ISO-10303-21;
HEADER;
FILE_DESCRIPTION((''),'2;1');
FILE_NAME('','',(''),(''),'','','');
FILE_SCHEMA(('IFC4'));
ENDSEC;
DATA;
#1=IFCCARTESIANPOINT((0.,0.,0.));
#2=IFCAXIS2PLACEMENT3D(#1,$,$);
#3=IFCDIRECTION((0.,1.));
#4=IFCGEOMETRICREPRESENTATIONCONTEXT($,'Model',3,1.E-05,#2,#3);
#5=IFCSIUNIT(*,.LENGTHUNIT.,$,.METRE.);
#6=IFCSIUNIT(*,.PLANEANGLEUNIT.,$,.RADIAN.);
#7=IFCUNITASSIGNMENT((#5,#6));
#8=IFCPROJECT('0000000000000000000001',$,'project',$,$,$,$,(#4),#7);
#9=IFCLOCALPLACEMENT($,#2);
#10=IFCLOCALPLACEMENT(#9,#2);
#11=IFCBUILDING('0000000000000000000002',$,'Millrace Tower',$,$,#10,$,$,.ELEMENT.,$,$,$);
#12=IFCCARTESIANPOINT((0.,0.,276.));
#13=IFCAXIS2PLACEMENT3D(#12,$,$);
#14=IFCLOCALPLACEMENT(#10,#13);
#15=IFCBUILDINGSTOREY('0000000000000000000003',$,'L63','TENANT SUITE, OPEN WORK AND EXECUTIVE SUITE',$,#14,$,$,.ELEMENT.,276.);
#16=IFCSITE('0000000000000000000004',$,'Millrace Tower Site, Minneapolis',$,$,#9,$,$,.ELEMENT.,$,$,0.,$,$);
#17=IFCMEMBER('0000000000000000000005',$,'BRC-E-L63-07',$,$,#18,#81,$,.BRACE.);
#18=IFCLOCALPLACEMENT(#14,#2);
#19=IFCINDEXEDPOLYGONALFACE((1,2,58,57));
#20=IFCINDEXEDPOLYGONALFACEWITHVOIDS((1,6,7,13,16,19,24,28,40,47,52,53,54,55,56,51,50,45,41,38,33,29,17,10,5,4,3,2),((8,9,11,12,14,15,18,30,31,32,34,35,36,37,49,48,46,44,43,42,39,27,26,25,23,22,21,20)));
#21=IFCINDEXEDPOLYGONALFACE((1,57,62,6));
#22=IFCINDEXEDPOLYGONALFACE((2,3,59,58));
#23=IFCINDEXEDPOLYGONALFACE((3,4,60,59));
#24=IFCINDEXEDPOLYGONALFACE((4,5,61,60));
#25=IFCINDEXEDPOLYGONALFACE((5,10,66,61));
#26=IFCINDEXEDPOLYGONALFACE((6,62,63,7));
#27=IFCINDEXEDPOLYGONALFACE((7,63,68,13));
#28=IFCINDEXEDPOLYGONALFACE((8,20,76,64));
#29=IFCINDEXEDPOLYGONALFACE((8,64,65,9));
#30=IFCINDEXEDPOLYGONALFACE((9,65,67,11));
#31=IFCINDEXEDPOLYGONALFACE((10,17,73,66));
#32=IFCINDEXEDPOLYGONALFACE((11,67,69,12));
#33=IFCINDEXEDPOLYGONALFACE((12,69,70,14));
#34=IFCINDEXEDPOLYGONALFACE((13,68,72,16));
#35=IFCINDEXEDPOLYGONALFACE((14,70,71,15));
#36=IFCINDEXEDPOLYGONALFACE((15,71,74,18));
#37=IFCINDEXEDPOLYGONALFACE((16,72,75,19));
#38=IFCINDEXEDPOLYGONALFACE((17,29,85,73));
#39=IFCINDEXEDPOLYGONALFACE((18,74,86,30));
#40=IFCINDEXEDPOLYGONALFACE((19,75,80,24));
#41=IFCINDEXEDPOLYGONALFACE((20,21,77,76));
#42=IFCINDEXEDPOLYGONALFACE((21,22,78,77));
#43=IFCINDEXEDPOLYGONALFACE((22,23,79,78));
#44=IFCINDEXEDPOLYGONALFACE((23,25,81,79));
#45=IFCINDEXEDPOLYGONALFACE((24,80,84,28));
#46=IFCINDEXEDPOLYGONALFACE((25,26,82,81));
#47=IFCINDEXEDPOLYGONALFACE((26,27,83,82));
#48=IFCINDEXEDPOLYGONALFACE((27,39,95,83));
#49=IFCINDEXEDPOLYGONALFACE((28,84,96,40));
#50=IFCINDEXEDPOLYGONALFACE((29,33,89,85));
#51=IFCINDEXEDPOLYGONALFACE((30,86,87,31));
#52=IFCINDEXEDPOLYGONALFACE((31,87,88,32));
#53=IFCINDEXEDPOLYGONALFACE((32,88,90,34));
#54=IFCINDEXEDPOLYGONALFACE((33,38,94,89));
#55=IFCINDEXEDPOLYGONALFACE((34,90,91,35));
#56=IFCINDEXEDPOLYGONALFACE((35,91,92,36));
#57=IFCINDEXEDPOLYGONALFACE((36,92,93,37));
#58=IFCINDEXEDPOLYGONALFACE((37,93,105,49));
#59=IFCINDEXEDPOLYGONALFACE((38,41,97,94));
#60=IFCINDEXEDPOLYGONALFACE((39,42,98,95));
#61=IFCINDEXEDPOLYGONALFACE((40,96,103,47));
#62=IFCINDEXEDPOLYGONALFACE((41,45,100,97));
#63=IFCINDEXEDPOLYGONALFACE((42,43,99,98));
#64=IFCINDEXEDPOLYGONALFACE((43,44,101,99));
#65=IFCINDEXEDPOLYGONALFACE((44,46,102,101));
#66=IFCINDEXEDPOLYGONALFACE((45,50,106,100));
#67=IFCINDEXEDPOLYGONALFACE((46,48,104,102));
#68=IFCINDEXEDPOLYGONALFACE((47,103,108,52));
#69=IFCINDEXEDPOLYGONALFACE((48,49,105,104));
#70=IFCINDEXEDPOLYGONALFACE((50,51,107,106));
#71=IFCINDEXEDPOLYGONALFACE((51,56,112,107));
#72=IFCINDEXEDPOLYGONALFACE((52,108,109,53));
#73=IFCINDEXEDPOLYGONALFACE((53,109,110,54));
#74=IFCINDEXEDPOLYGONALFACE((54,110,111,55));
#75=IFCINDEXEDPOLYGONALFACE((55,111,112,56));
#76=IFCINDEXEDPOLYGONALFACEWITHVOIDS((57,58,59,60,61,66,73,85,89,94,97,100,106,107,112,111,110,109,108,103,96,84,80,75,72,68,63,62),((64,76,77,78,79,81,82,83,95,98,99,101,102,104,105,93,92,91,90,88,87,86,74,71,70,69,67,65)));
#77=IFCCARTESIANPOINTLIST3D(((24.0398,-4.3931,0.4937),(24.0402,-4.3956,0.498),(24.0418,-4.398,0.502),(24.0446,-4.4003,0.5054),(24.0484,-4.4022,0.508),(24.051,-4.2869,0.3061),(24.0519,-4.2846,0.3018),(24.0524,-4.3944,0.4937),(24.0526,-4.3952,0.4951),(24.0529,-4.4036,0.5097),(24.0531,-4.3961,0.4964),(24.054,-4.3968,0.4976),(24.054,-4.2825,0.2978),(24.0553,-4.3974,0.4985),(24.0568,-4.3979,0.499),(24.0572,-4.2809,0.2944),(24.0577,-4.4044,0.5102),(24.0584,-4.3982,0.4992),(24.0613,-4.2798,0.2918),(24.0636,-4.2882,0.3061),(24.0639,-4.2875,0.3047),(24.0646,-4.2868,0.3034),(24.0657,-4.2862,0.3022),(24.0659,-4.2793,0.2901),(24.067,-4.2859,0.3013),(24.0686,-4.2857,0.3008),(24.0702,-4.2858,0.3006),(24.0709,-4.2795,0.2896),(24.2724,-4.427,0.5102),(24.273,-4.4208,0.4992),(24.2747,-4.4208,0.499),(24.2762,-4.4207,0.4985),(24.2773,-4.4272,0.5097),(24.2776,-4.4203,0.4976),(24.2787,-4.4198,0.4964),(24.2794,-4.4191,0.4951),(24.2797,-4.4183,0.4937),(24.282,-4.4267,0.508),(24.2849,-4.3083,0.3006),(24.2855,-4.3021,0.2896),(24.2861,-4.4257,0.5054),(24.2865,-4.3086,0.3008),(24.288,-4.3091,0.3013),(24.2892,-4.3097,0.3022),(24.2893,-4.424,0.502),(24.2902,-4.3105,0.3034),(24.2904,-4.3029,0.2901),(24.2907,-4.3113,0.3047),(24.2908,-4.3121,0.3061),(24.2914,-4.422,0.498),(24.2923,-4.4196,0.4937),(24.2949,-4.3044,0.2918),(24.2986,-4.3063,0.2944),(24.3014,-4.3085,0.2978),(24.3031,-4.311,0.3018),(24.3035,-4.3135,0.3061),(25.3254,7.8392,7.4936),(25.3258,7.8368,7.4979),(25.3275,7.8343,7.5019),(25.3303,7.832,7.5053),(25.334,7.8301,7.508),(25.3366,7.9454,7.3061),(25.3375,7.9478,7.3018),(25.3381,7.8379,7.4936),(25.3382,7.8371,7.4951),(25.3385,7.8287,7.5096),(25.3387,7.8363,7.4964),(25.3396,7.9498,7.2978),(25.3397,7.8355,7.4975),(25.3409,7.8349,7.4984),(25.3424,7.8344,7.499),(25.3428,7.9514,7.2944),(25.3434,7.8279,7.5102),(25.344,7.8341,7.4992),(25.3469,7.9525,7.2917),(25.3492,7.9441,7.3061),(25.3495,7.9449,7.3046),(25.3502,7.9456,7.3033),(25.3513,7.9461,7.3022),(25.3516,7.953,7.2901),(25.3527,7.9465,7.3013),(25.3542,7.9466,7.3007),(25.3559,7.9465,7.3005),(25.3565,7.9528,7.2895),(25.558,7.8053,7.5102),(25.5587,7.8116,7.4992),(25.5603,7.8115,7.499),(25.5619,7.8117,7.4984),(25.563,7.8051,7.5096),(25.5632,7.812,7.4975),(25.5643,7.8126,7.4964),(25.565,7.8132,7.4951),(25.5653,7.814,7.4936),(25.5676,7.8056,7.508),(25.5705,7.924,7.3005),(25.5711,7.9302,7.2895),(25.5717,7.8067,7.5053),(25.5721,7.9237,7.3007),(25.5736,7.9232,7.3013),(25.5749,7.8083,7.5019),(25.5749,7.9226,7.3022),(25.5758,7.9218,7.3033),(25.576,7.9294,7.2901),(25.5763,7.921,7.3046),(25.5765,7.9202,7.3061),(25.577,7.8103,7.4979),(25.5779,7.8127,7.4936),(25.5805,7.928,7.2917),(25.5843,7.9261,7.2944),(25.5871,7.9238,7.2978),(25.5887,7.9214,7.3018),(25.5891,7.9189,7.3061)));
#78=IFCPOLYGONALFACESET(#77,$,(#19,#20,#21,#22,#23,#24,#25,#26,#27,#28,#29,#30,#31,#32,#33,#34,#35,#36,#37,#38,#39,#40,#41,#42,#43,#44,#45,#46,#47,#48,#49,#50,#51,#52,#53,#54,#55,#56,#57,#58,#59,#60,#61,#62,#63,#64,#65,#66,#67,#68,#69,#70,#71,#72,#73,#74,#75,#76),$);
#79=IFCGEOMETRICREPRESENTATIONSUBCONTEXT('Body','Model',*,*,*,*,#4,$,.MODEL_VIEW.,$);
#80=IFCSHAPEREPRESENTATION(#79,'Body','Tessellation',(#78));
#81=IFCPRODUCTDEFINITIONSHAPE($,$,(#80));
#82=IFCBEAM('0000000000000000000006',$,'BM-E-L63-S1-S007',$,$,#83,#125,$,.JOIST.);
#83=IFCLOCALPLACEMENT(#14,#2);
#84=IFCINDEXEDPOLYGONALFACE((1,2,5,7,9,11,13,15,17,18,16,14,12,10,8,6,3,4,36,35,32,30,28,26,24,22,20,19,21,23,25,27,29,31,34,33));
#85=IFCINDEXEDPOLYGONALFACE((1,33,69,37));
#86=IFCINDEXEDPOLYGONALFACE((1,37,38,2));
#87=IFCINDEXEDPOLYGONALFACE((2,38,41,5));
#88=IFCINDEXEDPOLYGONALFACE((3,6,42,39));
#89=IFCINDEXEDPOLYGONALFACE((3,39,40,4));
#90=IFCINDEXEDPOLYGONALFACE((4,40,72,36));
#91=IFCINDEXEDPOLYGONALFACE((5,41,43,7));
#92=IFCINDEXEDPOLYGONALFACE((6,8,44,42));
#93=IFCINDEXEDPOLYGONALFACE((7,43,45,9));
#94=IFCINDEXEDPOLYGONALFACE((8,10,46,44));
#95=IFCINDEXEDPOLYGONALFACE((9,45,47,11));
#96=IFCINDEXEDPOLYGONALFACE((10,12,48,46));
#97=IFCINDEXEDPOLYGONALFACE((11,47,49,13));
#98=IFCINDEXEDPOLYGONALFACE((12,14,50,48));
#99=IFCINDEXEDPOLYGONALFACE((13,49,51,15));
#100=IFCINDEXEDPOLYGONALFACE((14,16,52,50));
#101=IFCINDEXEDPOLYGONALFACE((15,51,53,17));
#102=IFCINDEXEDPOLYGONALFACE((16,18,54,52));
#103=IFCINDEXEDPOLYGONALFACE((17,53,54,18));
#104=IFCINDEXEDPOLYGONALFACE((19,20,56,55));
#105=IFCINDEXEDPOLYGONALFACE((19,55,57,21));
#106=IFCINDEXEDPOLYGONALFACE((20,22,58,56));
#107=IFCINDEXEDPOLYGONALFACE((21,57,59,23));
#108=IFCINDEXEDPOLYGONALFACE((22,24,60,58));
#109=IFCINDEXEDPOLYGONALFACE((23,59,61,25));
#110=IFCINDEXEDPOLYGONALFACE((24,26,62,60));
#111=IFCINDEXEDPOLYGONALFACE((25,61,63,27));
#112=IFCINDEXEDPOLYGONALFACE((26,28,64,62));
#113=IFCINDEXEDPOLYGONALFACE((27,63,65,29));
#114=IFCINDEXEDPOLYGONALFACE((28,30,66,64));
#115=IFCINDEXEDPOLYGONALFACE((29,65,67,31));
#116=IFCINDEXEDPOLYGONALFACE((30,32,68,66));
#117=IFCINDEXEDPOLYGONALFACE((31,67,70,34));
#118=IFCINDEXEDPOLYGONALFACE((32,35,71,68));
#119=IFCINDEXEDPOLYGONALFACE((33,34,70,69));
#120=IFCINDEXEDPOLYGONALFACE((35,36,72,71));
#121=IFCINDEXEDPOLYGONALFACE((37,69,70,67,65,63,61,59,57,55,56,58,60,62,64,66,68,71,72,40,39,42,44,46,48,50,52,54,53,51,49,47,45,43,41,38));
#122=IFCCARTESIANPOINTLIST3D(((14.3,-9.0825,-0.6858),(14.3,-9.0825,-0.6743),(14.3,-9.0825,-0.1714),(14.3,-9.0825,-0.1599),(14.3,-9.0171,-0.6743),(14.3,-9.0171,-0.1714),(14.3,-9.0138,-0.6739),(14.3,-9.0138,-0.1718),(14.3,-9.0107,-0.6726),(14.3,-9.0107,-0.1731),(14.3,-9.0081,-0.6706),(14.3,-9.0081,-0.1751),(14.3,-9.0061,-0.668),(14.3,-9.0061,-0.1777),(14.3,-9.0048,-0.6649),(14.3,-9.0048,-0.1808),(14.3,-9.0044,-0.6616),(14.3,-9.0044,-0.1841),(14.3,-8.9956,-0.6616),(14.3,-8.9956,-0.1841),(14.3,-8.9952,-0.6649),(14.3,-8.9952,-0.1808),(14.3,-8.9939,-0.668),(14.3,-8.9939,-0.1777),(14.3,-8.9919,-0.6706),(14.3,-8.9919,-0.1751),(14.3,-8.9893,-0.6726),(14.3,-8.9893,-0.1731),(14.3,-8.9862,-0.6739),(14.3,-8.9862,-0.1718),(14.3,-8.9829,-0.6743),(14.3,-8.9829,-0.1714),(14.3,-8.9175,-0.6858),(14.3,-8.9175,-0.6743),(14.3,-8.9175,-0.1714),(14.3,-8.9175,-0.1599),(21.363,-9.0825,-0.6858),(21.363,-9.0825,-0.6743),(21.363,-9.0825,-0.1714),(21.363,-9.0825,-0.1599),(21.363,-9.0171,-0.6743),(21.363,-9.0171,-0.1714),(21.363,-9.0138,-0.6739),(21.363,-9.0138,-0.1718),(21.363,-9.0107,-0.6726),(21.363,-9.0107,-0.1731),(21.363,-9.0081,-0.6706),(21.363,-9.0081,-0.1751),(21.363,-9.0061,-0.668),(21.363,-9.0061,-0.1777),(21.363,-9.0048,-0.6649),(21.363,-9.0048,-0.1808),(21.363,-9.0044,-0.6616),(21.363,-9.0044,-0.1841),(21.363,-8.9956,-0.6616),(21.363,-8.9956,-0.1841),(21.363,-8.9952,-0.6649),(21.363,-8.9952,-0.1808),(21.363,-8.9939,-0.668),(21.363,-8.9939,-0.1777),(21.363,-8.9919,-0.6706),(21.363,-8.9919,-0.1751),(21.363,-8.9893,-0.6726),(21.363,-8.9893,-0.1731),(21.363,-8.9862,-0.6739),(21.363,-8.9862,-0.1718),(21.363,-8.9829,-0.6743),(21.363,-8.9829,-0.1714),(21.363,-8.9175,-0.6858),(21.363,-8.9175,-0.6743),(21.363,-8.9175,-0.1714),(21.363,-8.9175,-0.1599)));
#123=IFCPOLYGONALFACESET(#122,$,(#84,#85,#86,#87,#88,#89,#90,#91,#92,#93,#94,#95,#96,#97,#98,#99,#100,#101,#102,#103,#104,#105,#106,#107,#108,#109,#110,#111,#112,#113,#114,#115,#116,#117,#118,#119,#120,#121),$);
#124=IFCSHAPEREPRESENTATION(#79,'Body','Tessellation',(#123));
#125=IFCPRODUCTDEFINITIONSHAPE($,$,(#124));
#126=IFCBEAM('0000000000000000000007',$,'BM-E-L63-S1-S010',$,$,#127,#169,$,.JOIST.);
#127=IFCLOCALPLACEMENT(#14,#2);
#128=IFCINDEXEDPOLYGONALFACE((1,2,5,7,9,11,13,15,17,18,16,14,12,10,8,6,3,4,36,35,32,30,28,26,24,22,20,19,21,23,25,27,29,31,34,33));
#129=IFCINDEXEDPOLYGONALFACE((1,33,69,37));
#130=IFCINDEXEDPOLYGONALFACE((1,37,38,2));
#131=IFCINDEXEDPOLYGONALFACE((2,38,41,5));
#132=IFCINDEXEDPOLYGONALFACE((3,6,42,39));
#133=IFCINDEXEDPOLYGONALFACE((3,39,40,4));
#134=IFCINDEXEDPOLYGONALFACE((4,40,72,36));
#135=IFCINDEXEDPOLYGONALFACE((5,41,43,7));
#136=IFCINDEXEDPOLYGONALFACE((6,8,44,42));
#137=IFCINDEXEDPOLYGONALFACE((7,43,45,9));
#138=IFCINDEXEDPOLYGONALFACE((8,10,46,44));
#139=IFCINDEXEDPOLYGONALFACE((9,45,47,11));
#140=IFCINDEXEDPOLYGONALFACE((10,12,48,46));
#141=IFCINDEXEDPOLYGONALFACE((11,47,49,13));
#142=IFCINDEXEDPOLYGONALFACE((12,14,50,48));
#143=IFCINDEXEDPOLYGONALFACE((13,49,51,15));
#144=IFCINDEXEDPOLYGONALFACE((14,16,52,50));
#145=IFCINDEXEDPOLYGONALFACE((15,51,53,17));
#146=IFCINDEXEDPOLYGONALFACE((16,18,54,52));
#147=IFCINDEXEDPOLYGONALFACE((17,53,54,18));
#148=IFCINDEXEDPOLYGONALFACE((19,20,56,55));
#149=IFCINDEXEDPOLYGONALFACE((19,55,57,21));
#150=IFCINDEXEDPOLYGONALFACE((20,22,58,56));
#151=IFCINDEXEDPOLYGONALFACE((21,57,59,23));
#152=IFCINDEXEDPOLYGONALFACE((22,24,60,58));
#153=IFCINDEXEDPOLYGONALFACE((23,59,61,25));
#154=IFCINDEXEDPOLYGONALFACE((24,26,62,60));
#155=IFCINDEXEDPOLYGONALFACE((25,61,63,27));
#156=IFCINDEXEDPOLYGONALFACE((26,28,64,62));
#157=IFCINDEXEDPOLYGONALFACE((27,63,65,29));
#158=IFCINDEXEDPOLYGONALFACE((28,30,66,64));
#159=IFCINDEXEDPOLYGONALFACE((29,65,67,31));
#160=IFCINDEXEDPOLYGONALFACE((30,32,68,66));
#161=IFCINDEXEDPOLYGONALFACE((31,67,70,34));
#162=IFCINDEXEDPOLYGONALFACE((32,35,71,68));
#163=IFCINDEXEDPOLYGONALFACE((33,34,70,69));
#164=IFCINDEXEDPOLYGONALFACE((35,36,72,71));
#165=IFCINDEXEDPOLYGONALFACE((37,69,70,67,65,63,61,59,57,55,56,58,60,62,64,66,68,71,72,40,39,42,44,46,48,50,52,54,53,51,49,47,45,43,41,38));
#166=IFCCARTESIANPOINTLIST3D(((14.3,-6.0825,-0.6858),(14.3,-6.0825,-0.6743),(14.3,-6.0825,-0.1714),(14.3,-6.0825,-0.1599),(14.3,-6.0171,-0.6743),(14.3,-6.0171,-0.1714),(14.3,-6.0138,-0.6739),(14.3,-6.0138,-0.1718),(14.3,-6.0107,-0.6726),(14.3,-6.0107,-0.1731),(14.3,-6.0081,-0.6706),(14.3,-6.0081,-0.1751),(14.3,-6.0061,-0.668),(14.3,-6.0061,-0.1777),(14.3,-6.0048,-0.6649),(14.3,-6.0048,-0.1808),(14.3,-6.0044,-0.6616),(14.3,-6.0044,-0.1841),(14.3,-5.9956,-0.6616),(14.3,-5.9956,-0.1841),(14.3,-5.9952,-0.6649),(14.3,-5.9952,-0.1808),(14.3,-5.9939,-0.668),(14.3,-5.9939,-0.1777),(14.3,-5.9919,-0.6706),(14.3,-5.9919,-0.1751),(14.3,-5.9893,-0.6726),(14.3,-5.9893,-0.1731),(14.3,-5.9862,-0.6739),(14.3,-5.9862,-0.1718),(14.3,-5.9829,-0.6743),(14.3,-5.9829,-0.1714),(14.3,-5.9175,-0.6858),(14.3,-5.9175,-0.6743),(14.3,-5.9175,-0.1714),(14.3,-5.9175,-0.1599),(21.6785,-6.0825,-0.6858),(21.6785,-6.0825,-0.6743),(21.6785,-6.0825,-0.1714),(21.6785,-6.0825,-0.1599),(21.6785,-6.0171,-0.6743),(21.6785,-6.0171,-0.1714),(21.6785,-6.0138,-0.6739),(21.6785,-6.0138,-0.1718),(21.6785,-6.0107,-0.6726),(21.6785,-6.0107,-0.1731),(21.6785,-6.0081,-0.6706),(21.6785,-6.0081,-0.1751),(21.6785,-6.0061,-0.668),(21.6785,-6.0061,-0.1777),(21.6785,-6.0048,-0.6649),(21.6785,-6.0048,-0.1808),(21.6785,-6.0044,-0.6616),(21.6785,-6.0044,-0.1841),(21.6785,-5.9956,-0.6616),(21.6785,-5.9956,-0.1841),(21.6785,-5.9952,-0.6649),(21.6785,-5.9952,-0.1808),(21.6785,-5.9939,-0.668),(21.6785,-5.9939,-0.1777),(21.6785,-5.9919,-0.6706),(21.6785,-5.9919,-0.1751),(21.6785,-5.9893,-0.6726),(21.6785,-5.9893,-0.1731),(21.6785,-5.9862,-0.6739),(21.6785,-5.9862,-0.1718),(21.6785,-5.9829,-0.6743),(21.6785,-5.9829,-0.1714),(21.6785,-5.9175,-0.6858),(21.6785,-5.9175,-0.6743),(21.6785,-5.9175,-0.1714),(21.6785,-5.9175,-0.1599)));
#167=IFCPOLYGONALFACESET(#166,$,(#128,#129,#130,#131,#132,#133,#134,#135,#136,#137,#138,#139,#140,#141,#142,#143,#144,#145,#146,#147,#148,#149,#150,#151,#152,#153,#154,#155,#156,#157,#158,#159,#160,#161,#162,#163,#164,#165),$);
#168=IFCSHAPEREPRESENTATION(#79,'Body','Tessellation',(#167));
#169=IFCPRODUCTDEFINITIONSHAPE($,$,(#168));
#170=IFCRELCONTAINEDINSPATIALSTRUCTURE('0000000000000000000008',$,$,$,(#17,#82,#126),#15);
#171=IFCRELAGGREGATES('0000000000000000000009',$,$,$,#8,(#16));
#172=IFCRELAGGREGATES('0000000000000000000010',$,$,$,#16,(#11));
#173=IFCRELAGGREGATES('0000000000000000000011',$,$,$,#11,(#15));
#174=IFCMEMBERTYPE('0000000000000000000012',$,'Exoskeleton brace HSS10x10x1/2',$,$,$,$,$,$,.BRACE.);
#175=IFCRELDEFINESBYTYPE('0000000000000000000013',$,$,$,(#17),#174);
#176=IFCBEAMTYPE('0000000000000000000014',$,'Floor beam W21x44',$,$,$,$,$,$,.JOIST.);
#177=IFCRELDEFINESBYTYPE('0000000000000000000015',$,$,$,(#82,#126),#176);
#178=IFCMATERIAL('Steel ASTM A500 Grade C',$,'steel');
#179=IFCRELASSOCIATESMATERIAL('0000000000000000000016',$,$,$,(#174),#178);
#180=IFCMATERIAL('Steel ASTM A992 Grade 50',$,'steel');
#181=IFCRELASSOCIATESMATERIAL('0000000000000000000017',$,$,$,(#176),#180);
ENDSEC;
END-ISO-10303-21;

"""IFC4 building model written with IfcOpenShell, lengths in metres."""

from ifc_helpers import new_model, si_unit, direction, frame, origin, origin_2d, place, context, subcontext, project, spatial, hollow_rectangle, i_section, extrude, material, material_profile, profile_set, type_object, element, save


model = new_model("IFC4")

# Units and contexts
model_context = context("Model", 3, precision=1e-05, world=origin(), true_north=direction((0.0, 1.0)))
body_context = subcontext(model_context, "Body", "Model", "MODEL_VIEW")
ifc_project = project(units=[si_unit("LENGTHUNIT", "METRE"), si_unit("PLANEANGLEUNIT", "RADIAN")], contexts=[model_context])

# Site, building, storey
site_placement = place(None, origin())
site = spatial("IfcSite", under=ifc_project, at=site_placement, Name="Millrace Tower Site, Minneapolis", CompositionType="ELEMENT", RefElevation=0.0)
building_placement = place(site_placement, origin())
building = spatial("IfcBuilding", under=site, at=building_placement, Name="Millrace Tower", CompositionType="ELEMENT")
storey_placement = place(building_placement, frame((0.0, 0.0, 276.0)))
storey = spatial("IfcBuildingStorey", under=building, at=storey_placement, Name="L63", Description="TENANT SUITE, OPEN WORK AND EXECUTIVE SUITE", CompositionType="ELEMENT", Elevation=276.0)

# Member
ifc_material_1 = material(Name="Steel ASTM A500 Grade C", Category="steel")
ifc_material_profile_1 = material_profile(ifc_material_1, hollow_rectangle(XDim=0.2539, YDim=0.2539, WallThickness=0.0127, InnerFilletRadius=0.0063, OuterFilletRadius=0.019, at=origin_2d()))
ifc_profile_set_1 = profile_set([ifc_material_profile_1], Name="Steel ASTM A500 Grade C")
member_type_1 = type_object("IfcMemberType", Name="Exoskeleton brace HSS10x10x1/2", PredefinedType="BRACE", material=ifc_profile_set_1)
member_1_placement = place(storey_placement, frame((24.1716, -4.3533, 0.3999), z_axis=(0.090844, 0.864347, 0.494622), x_axis=(-0.994522, 0.104526, 0.0)))
element("IfcMember", 1, at=member_1_placement, inside=storey, type_object=member_type_1, Name="BRC-E-L63-07", PredefinedType="BRACE", context=body_context, shape_type="SweptSolid", body=[
    extrude(hollow_rectangle(XDim=0.2539, YDim=0.2539, WallThickness=0.0127, InnerFilletRadius=0.0063, OuterFilletRadius=0.019, at=origin_2d()), origin(), (0.0, 0.0, 1.0), 14.1521),
])

# Beams
ifc_material_2 = material(Name="Steel ASTM A992 Grade 50", Category="steel")
ifc_material_profile_2 = material_profile(ifc_material_2, i_section(OverallWidth=0.165, OverallDepth=0.5259, WebThickness=0.0088, FlangeThickness=0.0115, FilletRadius=0.0127, at=origin_2d()))
ifc_profile_set_2 = profile_set([ifc_material_profile_2], Name="Steel ASTM A992 Grade 50")
beam_type_1 = type_object("IfcBeamType", Name="Floor beam W21x44", PredefinedType="JOIST", material=ifc_profile_set_2)
beam_1_placement = place(storey_placement, frame((14.3, -9.0, -0.4229), z_axis=(1.0, 0.0, 0.0), x_axis=(0.0, 1.0, 0.0)))
element("IfcBeam", 2, at=beam_1_placement, inside=storey, type_object=beam_type_1, Name="BM-E-L63-S1-S007", PredefinedType="JOIST", context=body_context, shape_type="SweptSolid", body=[
    extrude(i_section(OverallWidth=0.165, OverallDepth=0.5259, WebThickness=0.0088, FlangeThickness=0.0115, FilletRadius=0.0127, at=origin_2d()), origin(), (0.0, 0.0, 1.0), 7.063),
])
beam_2_placement = place(storey_placement, frame((14.3, -6.0, -0.4229), z_axis=(1.0, 0.0, 0.0), x_axis=(0.0, 1.0, 0.0)))
element("IfcBeam", 3, at=beam_2_placement, inside=storey, type_object=beam_type_1, Name="BM-E-L63-S1-S010", PredefinedType="JOIST", context=body_context, shape_type="SweptSolid", body=[
    extrude(i_section(OverallWidth=0.165, OverallDepth=0.5259, WebThickness=0.0088, FlangeThickness=0.0115, FilletRadius=0.0127, at=origin_2d()), origin(), (0.0, 0.0, 1.0), 7.3784),
])

save(model, "model.ifc")
